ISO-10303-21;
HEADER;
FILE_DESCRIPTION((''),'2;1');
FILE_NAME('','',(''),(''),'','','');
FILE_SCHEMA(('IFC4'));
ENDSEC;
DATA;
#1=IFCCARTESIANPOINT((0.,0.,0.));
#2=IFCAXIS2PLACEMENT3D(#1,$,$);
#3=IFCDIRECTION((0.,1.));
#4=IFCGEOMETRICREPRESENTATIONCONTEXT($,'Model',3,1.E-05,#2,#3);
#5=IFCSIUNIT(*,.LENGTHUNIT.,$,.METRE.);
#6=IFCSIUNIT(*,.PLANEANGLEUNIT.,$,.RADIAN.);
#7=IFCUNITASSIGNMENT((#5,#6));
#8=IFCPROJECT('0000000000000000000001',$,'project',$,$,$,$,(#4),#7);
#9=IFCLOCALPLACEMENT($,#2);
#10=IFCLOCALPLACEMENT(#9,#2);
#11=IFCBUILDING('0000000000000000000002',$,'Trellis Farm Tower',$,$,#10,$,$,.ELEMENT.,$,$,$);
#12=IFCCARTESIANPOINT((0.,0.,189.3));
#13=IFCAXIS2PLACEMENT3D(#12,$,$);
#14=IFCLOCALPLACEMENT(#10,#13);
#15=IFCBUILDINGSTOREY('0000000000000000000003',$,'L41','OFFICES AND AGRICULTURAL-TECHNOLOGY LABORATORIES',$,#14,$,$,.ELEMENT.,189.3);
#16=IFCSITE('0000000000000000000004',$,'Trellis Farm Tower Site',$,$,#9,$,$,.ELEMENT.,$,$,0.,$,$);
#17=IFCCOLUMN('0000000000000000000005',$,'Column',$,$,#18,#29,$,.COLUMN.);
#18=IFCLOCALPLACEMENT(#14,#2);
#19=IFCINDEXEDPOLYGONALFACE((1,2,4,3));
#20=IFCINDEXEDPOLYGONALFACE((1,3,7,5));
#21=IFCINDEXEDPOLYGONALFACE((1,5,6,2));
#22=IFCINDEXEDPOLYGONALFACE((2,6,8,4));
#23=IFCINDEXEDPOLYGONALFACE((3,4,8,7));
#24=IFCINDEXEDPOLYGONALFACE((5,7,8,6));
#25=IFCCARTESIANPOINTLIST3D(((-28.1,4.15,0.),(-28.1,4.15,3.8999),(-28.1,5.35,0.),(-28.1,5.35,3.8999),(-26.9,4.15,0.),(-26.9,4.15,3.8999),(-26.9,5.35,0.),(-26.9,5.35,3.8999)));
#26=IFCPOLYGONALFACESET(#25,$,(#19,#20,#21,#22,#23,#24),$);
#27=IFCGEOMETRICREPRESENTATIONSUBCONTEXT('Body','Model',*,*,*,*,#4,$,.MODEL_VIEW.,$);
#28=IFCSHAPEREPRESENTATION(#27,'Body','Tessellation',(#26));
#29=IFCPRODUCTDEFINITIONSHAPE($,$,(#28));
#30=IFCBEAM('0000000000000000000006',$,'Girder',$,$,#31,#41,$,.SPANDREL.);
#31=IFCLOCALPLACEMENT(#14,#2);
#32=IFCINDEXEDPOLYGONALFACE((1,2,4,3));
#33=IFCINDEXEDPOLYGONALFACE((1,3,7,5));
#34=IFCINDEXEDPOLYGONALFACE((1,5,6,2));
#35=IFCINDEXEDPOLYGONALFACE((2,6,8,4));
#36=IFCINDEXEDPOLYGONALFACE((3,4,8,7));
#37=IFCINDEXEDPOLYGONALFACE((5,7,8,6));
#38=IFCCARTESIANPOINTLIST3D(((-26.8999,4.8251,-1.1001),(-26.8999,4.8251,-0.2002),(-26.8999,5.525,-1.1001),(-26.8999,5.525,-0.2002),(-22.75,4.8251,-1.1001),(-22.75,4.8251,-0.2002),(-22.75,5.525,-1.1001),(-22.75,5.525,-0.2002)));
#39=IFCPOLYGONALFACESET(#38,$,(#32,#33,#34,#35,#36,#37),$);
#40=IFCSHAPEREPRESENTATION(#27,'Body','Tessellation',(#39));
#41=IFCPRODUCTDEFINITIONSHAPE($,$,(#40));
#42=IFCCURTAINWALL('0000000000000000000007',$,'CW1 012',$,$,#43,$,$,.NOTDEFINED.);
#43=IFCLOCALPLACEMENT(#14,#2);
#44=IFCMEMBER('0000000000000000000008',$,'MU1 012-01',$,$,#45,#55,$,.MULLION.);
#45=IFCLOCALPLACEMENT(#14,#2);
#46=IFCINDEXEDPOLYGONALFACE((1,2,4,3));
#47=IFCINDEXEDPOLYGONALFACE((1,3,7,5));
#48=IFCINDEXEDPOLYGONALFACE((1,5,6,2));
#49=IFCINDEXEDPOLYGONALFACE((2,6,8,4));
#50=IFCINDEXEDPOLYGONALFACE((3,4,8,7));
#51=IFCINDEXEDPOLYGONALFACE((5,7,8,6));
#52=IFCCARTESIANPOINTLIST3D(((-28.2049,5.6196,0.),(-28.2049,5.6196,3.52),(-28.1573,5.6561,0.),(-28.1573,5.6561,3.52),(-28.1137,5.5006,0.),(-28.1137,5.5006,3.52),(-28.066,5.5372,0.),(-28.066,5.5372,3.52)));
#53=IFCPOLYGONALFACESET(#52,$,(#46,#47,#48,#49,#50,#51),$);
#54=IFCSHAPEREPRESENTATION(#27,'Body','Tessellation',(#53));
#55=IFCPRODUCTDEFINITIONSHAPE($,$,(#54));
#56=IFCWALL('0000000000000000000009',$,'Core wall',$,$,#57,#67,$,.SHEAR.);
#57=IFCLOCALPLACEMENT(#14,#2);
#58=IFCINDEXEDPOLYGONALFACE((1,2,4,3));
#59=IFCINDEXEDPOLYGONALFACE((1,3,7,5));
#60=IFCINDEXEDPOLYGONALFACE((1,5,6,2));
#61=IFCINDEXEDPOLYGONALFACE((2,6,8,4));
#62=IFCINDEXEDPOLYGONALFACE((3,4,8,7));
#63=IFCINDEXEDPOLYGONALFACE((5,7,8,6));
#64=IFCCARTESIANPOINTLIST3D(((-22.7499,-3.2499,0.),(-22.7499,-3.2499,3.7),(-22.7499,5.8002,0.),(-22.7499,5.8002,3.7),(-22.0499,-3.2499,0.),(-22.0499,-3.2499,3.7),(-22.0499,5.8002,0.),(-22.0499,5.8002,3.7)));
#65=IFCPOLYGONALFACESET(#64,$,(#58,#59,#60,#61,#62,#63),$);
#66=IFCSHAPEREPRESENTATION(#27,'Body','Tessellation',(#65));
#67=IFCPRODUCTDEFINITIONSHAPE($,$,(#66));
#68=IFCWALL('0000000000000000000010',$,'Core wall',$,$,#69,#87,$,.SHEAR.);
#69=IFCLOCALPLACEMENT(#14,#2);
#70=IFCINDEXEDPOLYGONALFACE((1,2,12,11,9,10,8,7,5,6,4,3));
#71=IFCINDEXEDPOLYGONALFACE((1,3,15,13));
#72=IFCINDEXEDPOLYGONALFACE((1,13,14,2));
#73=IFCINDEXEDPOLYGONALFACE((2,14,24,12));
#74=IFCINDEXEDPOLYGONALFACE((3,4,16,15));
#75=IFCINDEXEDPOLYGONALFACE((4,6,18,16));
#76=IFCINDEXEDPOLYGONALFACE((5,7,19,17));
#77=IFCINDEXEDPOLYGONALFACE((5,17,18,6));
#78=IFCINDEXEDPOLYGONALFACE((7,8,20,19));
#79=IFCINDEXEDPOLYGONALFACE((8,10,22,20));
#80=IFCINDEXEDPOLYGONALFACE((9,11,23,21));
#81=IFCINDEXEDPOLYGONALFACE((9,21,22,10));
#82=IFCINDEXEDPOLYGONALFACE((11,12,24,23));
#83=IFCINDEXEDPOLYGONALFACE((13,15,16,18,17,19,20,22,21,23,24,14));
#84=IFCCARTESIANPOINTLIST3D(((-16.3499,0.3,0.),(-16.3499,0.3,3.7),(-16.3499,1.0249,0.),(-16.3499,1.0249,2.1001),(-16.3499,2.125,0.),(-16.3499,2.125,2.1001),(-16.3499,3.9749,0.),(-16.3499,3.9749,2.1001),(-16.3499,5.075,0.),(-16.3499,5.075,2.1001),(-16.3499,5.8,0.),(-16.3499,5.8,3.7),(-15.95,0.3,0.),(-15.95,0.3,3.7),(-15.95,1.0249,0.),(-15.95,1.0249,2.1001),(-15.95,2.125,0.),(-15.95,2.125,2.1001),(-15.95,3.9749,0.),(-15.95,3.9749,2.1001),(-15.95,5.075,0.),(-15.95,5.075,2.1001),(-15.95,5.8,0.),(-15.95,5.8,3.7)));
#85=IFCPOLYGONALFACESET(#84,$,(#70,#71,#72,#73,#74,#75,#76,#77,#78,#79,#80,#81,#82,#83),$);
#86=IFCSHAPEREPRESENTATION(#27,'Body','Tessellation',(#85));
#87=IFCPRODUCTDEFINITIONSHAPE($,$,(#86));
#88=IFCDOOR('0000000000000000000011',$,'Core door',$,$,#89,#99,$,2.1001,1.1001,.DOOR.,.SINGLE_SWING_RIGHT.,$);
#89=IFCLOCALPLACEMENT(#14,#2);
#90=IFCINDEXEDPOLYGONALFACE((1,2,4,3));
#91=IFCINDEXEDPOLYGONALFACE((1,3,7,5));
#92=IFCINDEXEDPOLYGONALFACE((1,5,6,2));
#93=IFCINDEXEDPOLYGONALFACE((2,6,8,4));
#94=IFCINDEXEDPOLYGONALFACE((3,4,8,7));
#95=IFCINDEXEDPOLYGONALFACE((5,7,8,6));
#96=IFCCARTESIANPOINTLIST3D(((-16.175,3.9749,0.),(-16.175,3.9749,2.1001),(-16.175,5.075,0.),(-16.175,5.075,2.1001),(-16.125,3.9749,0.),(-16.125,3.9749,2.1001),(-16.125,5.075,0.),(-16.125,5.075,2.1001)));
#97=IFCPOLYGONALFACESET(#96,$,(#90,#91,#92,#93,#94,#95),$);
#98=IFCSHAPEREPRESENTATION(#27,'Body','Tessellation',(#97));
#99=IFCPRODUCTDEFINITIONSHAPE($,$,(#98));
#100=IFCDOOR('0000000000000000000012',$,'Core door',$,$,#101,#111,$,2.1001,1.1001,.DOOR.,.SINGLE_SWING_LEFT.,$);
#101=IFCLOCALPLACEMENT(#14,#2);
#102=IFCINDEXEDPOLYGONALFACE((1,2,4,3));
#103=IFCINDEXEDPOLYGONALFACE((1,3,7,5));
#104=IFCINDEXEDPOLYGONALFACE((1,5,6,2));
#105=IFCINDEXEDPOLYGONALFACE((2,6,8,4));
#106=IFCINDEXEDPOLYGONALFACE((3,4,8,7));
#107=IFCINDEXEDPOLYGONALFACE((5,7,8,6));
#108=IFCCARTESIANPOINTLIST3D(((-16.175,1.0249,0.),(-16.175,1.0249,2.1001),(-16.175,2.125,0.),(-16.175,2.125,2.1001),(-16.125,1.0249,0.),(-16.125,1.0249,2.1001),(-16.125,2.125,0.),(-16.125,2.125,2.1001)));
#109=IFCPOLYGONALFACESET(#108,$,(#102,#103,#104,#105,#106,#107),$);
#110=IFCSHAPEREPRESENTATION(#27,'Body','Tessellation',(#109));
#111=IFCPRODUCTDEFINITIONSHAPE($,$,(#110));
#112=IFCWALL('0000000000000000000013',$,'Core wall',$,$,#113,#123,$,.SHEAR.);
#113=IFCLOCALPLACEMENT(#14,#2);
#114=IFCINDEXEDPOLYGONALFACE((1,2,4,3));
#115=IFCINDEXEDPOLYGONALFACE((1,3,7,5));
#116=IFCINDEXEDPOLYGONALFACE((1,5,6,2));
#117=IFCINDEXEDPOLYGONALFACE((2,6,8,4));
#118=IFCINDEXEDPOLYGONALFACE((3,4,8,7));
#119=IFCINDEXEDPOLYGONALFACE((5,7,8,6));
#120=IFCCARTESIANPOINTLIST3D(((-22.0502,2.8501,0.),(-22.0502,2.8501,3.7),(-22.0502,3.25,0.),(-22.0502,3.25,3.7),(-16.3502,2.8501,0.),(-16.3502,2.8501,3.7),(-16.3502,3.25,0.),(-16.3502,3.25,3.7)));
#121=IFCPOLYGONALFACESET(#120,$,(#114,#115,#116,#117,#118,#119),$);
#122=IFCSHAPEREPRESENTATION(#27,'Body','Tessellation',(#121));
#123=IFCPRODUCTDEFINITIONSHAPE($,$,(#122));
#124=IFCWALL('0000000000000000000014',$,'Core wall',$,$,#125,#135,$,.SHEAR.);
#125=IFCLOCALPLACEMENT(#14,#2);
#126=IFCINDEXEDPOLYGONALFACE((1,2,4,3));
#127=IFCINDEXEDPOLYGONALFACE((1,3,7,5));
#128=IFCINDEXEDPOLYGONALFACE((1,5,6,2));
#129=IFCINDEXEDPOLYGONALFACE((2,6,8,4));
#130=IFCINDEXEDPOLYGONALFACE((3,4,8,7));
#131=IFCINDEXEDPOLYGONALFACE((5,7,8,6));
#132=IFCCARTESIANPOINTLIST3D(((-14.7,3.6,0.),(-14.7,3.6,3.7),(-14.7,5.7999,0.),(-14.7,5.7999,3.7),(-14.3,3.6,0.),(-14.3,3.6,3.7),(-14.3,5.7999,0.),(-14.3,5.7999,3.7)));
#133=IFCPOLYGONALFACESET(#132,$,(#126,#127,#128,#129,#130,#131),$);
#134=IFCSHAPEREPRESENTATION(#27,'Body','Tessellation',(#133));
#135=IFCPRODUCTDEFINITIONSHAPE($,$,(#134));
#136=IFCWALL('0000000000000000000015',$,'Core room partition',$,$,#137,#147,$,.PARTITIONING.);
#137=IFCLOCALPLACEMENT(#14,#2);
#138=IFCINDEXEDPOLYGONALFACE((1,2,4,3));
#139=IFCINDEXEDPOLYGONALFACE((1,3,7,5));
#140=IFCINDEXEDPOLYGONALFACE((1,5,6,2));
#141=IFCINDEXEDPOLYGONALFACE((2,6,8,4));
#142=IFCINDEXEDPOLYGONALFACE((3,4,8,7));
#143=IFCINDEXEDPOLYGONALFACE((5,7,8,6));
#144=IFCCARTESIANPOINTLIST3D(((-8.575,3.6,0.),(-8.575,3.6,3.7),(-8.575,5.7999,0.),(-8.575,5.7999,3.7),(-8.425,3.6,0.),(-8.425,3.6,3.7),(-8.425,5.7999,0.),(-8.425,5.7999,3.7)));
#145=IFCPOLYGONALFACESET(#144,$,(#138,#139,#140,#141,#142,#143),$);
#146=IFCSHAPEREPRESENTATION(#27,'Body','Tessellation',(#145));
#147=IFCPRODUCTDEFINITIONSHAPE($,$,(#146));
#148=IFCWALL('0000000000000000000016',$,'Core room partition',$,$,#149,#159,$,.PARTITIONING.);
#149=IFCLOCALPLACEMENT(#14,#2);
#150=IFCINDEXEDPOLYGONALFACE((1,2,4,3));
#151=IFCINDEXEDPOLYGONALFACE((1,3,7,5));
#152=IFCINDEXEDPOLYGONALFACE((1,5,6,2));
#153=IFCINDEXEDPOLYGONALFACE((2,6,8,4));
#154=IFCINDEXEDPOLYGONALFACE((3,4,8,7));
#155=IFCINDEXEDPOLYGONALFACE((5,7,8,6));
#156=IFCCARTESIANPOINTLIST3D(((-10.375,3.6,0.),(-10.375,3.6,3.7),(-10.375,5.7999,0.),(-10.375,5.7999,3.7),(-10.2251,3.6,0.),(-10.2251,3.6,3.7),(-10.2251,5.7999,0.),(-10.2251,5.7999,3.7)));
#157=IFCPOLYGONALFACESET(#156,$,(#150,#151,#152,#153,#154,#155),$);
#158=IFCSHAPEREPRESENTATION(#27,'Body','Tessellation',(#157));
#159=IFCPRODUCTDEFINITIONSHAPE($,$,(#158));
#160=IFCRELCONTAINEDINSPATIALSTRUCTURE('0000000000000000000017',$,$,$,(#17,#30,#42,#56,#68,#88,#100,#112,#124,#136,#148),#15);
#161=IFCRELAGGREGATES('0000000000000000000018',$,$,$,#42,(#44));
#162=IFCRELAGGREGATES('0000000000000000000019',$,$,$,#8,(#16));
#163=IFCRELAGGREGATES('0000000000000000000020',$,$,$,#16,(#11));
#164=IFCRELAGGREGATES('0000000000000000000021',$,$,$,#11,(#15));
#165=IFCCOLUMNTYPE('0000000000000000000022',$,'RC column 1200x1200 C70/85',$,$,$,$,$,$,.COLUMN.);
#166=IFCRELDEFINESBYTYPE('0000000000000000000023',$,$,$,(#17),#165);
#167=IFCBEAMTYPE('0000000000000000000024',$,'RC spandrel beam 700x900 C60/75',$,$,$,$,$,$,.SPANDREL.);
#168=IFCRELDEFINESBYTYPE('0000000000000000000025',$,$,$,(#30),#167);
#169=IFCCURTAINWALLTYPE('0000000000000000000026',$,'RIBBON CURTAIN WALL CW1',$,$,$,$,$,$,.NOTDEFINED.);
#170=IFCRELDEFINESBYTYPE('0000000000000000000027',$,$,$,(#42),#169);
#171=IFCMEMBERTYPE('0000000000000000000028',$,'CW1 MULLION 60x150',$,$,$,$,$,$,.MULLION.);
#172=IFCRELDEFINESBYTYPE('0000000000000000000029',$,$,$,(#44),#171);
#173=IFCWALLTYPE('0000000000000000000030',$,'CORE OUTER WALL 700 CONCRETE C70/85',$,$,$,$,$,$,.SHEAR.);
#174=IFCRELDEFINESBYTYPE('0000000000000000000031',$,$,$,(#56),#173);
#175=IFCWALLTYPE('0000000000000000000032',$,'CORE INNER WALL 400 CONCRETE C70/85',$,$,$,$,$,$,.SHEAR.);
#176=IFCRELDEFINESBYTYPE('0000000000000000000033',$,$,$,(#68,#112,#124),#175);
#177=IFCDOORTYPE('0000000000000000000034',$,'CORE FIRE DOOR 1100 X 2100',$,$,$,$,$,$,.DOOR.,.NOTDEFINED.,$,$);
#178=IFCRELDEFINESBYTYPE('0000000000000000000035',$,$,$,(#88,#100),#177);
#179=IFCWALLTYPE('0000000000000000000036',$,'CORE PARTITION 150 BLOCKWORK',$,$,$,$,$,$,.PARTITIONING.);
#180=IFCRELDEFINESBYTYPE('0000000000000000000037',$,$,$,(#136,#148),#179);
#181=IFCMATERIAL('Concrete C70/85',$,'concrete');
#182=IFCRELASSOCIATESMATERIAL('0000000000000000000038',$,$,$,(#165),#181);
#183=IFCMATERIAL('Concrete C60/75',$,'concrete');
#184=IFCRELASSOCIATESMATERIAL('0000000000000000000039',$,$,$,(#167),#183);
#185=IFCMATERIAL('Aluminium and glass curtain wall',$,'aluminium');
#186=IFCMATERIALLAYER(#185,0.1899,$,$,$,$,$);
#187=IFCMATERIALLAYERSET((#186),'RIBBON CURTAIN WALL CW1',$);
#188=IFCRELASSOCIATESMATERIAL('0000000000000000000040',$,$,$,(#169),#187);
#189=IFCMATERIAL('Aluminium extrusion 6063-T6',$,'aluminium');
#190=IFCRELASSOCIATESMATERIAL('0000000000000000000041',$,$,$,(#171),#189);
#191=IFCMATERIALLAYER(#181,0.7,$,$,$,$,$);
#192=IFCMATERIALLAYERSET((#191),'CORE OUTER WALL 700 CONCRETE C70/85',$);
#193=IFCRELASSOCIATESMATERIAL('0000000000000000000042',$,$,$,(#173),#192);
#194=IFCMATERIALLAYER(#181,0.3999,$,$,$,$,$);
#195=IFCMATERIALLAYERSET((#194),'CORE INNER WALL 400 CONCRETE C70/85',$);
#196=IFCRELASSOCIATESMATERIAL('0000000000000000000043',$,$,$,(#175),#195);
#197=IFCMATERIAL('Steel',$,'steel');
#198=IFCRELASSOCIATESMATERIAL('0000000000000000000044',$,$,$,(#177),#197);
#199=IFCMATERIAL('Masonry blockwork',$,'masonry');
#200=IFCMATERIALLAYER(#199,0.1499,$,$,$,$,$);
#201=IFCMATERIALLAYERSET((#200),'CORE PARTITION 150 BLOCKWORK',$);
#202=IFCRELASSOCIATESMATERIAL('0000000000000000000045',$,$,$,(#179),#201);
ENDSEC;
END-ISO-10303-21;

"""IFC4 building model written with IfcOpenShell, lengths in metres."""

from ifc_helpers import new_model, si_unit, direction, frame, frame_2d, origin, origin_2d, place, context, subcontext, project, spatial, rectangle, extrude, source, transform, mapped, material, layer, layer_set, material_profile, profile_set, type_object, element, fill, aggregate, save


model = new_model("IFC4")

# Units and contexts
model_context = context("Model", 3, precision=1e-05, world=origin(), true_north=direction((0.0, 1.0)))
body_context = subcontext(model_context, "Body", "Model", "MODEL_VIEW")
ifc_project = project(units=[si_unit("LENGTHUNIT", "METRE"), si_unit("PLANEANGLEUNIT", "RADIAN")], contexts=[model_context])

# Site, building, storey
site_placement = place(None, origin())
site = spatial("IfcSite", under=ifc_project, at=site_placement, Name="Trellis Farm Tower Site", CompositionType="ELEMENT", RefElevation=0.0)
building_placement = place(site_placement, origin())
building = spatial("IfcBuilding", under=site, at=building_placement, Name="Trellis Farm Tower", CompositionType="ELEMENT")
storey_placement = place(building_placement, frame((0.0, 0.0, 189.3)))
storey = spatial("IfcBuildingStorey", under=building, at=storey_placement, Name="L41", Description="OFFICES AND AGRICULTURAL-TECHNOLOGY LABORATORIES", CompositionType="ELEMENT", Elevation=189.3)

# Column
ifc_material_1 = material(Name="Concrete C70/85", Category="concrete")
ifc_material_profile_1 = material_profile(ifc_material_1, rectangle(XDim=1.2, YDim=1.2, at=origin_2d()), Name="RC column 1200x1200 C70/85")
ifc_profile_set_1 = profile_set([ifc_material_profile_1], Name="Concrete C70/85")
column_type = type_object("IfcColumnType", Name="RC column 1200x1200 C70/85", PredefinedType="COLUMN", material=ifc_profile_set_1)
shared_shape_1 = source(origin(), body_context, "Body", "SweptSolid", [
    extrude(rectangle(XDim=1.2, YDim=1.2, at=origin_2d()), origin(), (0.0, 0.0, 1.0), 3.8999),
])
column_placement = place(storey_placement, frame((-27.5, 4.75, 0.0), z_axis=(0.0, 0.0, 1.0), x_axis=(1.0, 0.0, 0.0)))
element("IfcColumn", 1, at=column_placement, inside=storey, type_object=column_type, Name="Column", PredefinedType="COLUMN", context=body_context, shape_type="MappedRepresentation", body=[
    mapped(shared_shape_1, transform((0.0, 0.0, 0.0))),
])

# Beam
ifc_material_2 = material(Name="Concrete C60/75", Category="concrete")
ifc_material_profile_2 = material_profile(ifc_material_2, rectangle(XDim=0.7, YDim=0.8999, at=origin_2d()), Name="RC spandrel beam 700x900 C60/75")
ifc_profile_set_2 = profile_set([ifc_material_profile_2], Name="Concrete C60/75")
beam_type = type_object("IfcBeamType", Name="RC spandrel beam 700x900 C60/75", PredefinedType="SPANDREL", material=ifc_profile_set_2)
shared_shape_2 = source(origin(), body_context, "Body", "SweptSolid", [
    extrude(rectangle(XDim=0.7, YDim=0.8999, at=origin_2d()), origin(), (0.0, 0.0, 1.0), 4.1499),
])
beam_placement = place(storey_placement, frame((-26.8999, 5.175, -0.6501), z_axis=(1.0, 0.0, 0.0), x_axis=(0.0, 1.0, 0.0)))
element("IfcBeam", 2, at=beam_placement, inside=storey, type_object=beam_type, Name="Girder", PredefinedType="SPANDREL", context=body_context, shape_type="MappedRepresentation", body=[
    mapped(shared_shape_2, transform((0.0, 0.0, 0.0))),
])

# Curtain wall, member
ifc_material_3 = material(Name="Aluminium and glass curtain wall", Category="aluminium")
ifc_layer_1 = layer(ifc_material_3, 0.1899)
ifc_layer_set_1 = layer_set([ifc_layer_1], Name="RIBBON CURTAIN WALL CW1")
curtain_wall_type = type_object("IfcCurtainWallType", Name="RIBBON CURTAIN WALL CW1", PredefinedType="NOTDEFINED", material=ifc_layer_set_1)
placement = place(storey_placement, origin())
curtain_wall = element("IfcCurtainWall", 3, at=placement, inside=storey, type_object=curtain_wall_type, Name="CW1 012", PredefinedType="NOTDEFINED")
ifc_material_4 = material(Name="Aluminium extrusion 6063-T6", Category="aluminium")
ifc_material_profile_3 = material_profile(ifc_material_4, rectangle(XDim=0.0601, YDim=0.1499, at=origin_2d()), Name="MULLION 60x150")
ifc_profile_set_3 = profile_set([ifc_material_profile_3], Name="Aluminium extrusion 6063-T6")
member_type = type_object("IfcMemberType", Name="CW1 MULLION 60x150", PredefinedType="MULLION", material=ifc_profile_set_3)
shared_shape_3 = source(origin(), body_context, "Body", "SweptSolid", [
    extrude(rectangle(XDim=0.0601, YDim=0.1499, at=origin_2d()), origin(), (0.0, 0.0, 1.0), 3.52),
])
member_placement = place(storey_placement, frame((-28.1355, 5.5784, 0.0), z_axis=(0.0, 0.0, 1.0), x_axis=(-0.793353, -0.608761, 0.0)))
member = element("IfcMember", 4, at=member_placement, type_object=member_type, Name="MU1 012-01", PredefinedType="MULLION", context=body_context, shape_type="MappedRepresentation", body=[
    mapped(shared_shape_3, transform((0.0, 0.0, 0.0))),
])
aggregate(curtain_wall, [member])

# Wall
ifc_layer_2 = layer(ifc_material_1, 0.7)
ifc_layer_set_2 = layer_set([ifc_layer_2], Name="CORE OUTER WALL 700 CONCRETE C70/85")
wall_type_1 = type_object("IfcWallType", Name="CORE OUTER WALL 700 CONCRETE C70/85", PredefinedType="SHEAR", material=ifc_layer_set_2)
shared_shape_4 = source(origin(), body_context, "Body", "SweptSolid", [
    extrude(rectangle(XDim=9.05, YDim=0.7, at=frame_2d((4.5249, 0.0))), origin(), (0.0, 0.0, 1.0), 3.7),
])
wall_1_placement = place(storey_placement, frame((-22.3999, 5.8, 0.0), z_axis=(0.0, 0.0, 1.0), x_axis=(0.0, -1.0, 0.0)))
element("IfcWall", 5, at=wall_1_placement, inside=storey, type_object=wall_type_1, Name="Core wall", PredefinedType="SHEAR", context=body_context, shape_type="MappedRepresentation", body=[
    mapped(shared_shape_4, transform((0.0, 0.0, 0.0))),
])

# Wall, openings, doors
ifc_layer_3 = layer(ifc_material_1, 0.3999)
ifc_layer_set_3 = layer_set([ifc_layer_3], Name="CORE INNER WALL 400 CONCRETE C70/85")
wall_type_2 = type_object("IfcWallType", Name="CORE INNER WALL 400 CONCRETE C70/85", PredefinedType="SHEAR", material=ifc_layer_set_3)
shared_shape_5 = source(origin(), body_context, "Body", "SweptSolid", [
    extrude(rectangle(XDim=5.5, YDim=0.3999, at=frame_2d((2.75, 0.0))), origin(), (0.0, 0.0, 1.0), 3.7),
])
wall_2_placement = place(storey_placement, frame((-16.1499, 5.8, 0.0), z_axis=(0.0, 0.0, 1.0), x_axis=(0.0, -1.0, 0.0)))
wall_2 = element("IfcWall", 6, at=wall_2_placement, inside=storey, type_object=wall_type_2, Name="Core wall", PredefinedType="SHEAR", context=body_context, shape_type="MappedRepresentation", body=[
    mapped(shared_shape_5, transform((0.0, 0.0, 0.0))),
])
shared_shape_6 = source(origin(), body_context, "Body", "SweptSolid", [
    extrude(rectangle(XDim=1.1001, YDim=2.1001, at=frame_2d((0.55, 1.05))), frame((0.0, 0.21, 0.0), z_axis=(0.0, -1.0, 0.0), x_axis=(1.0, 0.0, 0.0)), (0.0, 0.0, 1.0), 0.4199),
])
opening_1_placement = place(wall_2_placement, frame((0.7251, 0.0, 0.0)))
opening_1 = element("IfcOpeningElement", 7, at=opening_1_placement, cuts=wall_2, PredefinedType="OPENING", context=body_context, shape_type="MappedRepresentation", body=[
    mapped(shared_shape_6, transform((0.0, 0.0, 0.0))),
])
opening_2_placement = place(wall_2_placement, frame((3.675, 0.0, 0.0)))
opening_2 = element("IfcOpeningElement", 8, at=opening_2_placement, cuts=wall_2, PredefinedType="OPENING", context=body_context, shape_type="MappedRepresentation", body=[
    mapped(shared_shape_6, transform((0.0, 0.0, 0.0))),
])
ifc_material_5 = material(Name="Steel", Category="steel")
door_type = type_object("IfcDoorType", Name="CORE FIRE DOOR 1100 X 2100", OperationType="NOTDEFINED", PredefinedType="DOOR", material=ifc_material_5)
shared_shape_7 = source(origin(), body_context, "Body", "SweptSolid", [
    extrude(rectangle(XDim=1.1001, YDim=2.1001, at=frame_2d((0.55, 1.05))), frame((0.0, 0.0249, 0.0), z_axis=(0.0, -1.0, 0.0), x_axis=(1.0, 0.0, 0.0)), (0.0, 0.0, 1.0), 0.05),
])
door_1_placement = place(opening_1_placement, origin())
door_1 = element("IfcDoor", 9, at=door_1_placement, inside=storey, type_object=door_type, Name="Core door", OperationType="SINGLE_SWING_RIGHT", OverallHeight=2.1001, OverallWidth=1.1001, PredefinedType="DOOR", context=body_context, shape_type="MappedRepresentation", body=[
    mapped(shared_shape_7, transform((0.0, 0.0, 0.0))),
])
fill(opening_1, door_1)
door_2_placement = place(opening_2_placement, origin())
door_2 = element("IfcDoor", 10, at=door_2_placement, inside=storey, type_object=door_type, Name="Core door", OperationType="SINGLE_SWING_LEFT", OverallHeight=2.1001, OverallWidth=1.1001, PredefinedType="DOOR", context=body_context, shape_type="MappedRepresentation", body=[
    mapped(shared_shape_7, transform((0.0, 0.0, 0.0))),
])
fill(opening_2, door_2)

# Walls
shared_shape_8 = source(origin(), body_context, "Body", "SweptSolid", [
    extrude(rectangle(XDim=5.7, YDim=0.3999, at=frame_2d((2.8501, 0.0))), origin(), (0.0, 0.0, 1.0), 3.7),
])
wall_3_placement = place(storey_placement, frame((-16.3501, 3.05, 0.0), z_axis=(0.0, 0.0, 1.0), x_axis=(-1.0, 0.0, 0.0)))
element("IfcWall", 11, at=wall_3_placement, inside=storey, type_object=wall_type_2, Name="Core wall", PredefinedType="SHEAR", context=body_context, shape_type="MappedRepresentation", body=[
    mapped(shared_shape_8, transform((0.0, 0.0, 0.0))),
])
shared_shape_9 = source(origin(), body_context, "Body", "SweptSolid", [
    extrude(rectangle(XDim=2.2, YDim=0.3999, at=frame_2d((1.1001, 0.0))), origin(), (0.0, 0.0, 1.0), 3.7),
])
wall_4_placement = place(storey_placement, frame((-14.5, 5.8, 0.0), z_axis=(0.0, 0.0, 1.0), x_axis=(0.0, -1.0, 0.0)))
element("IfcWall", 12, at=wall_4_placement, inside=storey, type_object=wall_type_2, Name="Core wall", PredefinedType="SHEAR", context=body_context, shape_type="MappedRepresentation", body=[
    mapped(shared_shape_9, transform((0.0, 0.0, 0.0))),
])
ifc_material_6 = material(Name="Masonry blockwork", Category="masonry")
ifc_layer_4 = layer(ifc_material_6, 0.1499)
ifc_layer_set_4 = layer_set([ifc_layer_4], Name="CORE PARTITION 150 BLOCKWORK")
wall_type_3 = type_object("IfcWallType", Name="CORE PARTITION 150 BLOCKWORK", PredefinedType="PARTITIONING", material=ifc_layer_set_4)
shared_shape_10 = source(origin(), body_context, "Body", "SweptSolid", [
    extrude(rectangle(XDim=2.2, YDim=0.1499, at=frame_2d((1.1001, 0.0))), origin(), (0.0, 0.0, 1.0), 3.7),
])
for number, where, z_axis, x_axis, name in (
    (13, (-8.5, 5.8, 0.0), (0.0, 0.0, 1.0), (0.0, -1.0, 0.0), "Core room partition"),
    (14, (-10.3, 5.8, 0.0), (0.0, 0.0, 1.0), (0.0, -1.0, 0.0), "Core room partition"),
):
    element("IfcWall", number, at=place(storey_placement, frame(where, z_axis=z_axis, x_axis=x_axis)), inside=storey, type_object=wall_type_3, Name=name, PredefinedType="PARTITIONING", context=body_context, shape_type="MappedRepresentation", body=[
        mapped(shared_shape_10, transform((0.0, 0.0, 0.0))),
    ])

save(model, "model.ifc")
